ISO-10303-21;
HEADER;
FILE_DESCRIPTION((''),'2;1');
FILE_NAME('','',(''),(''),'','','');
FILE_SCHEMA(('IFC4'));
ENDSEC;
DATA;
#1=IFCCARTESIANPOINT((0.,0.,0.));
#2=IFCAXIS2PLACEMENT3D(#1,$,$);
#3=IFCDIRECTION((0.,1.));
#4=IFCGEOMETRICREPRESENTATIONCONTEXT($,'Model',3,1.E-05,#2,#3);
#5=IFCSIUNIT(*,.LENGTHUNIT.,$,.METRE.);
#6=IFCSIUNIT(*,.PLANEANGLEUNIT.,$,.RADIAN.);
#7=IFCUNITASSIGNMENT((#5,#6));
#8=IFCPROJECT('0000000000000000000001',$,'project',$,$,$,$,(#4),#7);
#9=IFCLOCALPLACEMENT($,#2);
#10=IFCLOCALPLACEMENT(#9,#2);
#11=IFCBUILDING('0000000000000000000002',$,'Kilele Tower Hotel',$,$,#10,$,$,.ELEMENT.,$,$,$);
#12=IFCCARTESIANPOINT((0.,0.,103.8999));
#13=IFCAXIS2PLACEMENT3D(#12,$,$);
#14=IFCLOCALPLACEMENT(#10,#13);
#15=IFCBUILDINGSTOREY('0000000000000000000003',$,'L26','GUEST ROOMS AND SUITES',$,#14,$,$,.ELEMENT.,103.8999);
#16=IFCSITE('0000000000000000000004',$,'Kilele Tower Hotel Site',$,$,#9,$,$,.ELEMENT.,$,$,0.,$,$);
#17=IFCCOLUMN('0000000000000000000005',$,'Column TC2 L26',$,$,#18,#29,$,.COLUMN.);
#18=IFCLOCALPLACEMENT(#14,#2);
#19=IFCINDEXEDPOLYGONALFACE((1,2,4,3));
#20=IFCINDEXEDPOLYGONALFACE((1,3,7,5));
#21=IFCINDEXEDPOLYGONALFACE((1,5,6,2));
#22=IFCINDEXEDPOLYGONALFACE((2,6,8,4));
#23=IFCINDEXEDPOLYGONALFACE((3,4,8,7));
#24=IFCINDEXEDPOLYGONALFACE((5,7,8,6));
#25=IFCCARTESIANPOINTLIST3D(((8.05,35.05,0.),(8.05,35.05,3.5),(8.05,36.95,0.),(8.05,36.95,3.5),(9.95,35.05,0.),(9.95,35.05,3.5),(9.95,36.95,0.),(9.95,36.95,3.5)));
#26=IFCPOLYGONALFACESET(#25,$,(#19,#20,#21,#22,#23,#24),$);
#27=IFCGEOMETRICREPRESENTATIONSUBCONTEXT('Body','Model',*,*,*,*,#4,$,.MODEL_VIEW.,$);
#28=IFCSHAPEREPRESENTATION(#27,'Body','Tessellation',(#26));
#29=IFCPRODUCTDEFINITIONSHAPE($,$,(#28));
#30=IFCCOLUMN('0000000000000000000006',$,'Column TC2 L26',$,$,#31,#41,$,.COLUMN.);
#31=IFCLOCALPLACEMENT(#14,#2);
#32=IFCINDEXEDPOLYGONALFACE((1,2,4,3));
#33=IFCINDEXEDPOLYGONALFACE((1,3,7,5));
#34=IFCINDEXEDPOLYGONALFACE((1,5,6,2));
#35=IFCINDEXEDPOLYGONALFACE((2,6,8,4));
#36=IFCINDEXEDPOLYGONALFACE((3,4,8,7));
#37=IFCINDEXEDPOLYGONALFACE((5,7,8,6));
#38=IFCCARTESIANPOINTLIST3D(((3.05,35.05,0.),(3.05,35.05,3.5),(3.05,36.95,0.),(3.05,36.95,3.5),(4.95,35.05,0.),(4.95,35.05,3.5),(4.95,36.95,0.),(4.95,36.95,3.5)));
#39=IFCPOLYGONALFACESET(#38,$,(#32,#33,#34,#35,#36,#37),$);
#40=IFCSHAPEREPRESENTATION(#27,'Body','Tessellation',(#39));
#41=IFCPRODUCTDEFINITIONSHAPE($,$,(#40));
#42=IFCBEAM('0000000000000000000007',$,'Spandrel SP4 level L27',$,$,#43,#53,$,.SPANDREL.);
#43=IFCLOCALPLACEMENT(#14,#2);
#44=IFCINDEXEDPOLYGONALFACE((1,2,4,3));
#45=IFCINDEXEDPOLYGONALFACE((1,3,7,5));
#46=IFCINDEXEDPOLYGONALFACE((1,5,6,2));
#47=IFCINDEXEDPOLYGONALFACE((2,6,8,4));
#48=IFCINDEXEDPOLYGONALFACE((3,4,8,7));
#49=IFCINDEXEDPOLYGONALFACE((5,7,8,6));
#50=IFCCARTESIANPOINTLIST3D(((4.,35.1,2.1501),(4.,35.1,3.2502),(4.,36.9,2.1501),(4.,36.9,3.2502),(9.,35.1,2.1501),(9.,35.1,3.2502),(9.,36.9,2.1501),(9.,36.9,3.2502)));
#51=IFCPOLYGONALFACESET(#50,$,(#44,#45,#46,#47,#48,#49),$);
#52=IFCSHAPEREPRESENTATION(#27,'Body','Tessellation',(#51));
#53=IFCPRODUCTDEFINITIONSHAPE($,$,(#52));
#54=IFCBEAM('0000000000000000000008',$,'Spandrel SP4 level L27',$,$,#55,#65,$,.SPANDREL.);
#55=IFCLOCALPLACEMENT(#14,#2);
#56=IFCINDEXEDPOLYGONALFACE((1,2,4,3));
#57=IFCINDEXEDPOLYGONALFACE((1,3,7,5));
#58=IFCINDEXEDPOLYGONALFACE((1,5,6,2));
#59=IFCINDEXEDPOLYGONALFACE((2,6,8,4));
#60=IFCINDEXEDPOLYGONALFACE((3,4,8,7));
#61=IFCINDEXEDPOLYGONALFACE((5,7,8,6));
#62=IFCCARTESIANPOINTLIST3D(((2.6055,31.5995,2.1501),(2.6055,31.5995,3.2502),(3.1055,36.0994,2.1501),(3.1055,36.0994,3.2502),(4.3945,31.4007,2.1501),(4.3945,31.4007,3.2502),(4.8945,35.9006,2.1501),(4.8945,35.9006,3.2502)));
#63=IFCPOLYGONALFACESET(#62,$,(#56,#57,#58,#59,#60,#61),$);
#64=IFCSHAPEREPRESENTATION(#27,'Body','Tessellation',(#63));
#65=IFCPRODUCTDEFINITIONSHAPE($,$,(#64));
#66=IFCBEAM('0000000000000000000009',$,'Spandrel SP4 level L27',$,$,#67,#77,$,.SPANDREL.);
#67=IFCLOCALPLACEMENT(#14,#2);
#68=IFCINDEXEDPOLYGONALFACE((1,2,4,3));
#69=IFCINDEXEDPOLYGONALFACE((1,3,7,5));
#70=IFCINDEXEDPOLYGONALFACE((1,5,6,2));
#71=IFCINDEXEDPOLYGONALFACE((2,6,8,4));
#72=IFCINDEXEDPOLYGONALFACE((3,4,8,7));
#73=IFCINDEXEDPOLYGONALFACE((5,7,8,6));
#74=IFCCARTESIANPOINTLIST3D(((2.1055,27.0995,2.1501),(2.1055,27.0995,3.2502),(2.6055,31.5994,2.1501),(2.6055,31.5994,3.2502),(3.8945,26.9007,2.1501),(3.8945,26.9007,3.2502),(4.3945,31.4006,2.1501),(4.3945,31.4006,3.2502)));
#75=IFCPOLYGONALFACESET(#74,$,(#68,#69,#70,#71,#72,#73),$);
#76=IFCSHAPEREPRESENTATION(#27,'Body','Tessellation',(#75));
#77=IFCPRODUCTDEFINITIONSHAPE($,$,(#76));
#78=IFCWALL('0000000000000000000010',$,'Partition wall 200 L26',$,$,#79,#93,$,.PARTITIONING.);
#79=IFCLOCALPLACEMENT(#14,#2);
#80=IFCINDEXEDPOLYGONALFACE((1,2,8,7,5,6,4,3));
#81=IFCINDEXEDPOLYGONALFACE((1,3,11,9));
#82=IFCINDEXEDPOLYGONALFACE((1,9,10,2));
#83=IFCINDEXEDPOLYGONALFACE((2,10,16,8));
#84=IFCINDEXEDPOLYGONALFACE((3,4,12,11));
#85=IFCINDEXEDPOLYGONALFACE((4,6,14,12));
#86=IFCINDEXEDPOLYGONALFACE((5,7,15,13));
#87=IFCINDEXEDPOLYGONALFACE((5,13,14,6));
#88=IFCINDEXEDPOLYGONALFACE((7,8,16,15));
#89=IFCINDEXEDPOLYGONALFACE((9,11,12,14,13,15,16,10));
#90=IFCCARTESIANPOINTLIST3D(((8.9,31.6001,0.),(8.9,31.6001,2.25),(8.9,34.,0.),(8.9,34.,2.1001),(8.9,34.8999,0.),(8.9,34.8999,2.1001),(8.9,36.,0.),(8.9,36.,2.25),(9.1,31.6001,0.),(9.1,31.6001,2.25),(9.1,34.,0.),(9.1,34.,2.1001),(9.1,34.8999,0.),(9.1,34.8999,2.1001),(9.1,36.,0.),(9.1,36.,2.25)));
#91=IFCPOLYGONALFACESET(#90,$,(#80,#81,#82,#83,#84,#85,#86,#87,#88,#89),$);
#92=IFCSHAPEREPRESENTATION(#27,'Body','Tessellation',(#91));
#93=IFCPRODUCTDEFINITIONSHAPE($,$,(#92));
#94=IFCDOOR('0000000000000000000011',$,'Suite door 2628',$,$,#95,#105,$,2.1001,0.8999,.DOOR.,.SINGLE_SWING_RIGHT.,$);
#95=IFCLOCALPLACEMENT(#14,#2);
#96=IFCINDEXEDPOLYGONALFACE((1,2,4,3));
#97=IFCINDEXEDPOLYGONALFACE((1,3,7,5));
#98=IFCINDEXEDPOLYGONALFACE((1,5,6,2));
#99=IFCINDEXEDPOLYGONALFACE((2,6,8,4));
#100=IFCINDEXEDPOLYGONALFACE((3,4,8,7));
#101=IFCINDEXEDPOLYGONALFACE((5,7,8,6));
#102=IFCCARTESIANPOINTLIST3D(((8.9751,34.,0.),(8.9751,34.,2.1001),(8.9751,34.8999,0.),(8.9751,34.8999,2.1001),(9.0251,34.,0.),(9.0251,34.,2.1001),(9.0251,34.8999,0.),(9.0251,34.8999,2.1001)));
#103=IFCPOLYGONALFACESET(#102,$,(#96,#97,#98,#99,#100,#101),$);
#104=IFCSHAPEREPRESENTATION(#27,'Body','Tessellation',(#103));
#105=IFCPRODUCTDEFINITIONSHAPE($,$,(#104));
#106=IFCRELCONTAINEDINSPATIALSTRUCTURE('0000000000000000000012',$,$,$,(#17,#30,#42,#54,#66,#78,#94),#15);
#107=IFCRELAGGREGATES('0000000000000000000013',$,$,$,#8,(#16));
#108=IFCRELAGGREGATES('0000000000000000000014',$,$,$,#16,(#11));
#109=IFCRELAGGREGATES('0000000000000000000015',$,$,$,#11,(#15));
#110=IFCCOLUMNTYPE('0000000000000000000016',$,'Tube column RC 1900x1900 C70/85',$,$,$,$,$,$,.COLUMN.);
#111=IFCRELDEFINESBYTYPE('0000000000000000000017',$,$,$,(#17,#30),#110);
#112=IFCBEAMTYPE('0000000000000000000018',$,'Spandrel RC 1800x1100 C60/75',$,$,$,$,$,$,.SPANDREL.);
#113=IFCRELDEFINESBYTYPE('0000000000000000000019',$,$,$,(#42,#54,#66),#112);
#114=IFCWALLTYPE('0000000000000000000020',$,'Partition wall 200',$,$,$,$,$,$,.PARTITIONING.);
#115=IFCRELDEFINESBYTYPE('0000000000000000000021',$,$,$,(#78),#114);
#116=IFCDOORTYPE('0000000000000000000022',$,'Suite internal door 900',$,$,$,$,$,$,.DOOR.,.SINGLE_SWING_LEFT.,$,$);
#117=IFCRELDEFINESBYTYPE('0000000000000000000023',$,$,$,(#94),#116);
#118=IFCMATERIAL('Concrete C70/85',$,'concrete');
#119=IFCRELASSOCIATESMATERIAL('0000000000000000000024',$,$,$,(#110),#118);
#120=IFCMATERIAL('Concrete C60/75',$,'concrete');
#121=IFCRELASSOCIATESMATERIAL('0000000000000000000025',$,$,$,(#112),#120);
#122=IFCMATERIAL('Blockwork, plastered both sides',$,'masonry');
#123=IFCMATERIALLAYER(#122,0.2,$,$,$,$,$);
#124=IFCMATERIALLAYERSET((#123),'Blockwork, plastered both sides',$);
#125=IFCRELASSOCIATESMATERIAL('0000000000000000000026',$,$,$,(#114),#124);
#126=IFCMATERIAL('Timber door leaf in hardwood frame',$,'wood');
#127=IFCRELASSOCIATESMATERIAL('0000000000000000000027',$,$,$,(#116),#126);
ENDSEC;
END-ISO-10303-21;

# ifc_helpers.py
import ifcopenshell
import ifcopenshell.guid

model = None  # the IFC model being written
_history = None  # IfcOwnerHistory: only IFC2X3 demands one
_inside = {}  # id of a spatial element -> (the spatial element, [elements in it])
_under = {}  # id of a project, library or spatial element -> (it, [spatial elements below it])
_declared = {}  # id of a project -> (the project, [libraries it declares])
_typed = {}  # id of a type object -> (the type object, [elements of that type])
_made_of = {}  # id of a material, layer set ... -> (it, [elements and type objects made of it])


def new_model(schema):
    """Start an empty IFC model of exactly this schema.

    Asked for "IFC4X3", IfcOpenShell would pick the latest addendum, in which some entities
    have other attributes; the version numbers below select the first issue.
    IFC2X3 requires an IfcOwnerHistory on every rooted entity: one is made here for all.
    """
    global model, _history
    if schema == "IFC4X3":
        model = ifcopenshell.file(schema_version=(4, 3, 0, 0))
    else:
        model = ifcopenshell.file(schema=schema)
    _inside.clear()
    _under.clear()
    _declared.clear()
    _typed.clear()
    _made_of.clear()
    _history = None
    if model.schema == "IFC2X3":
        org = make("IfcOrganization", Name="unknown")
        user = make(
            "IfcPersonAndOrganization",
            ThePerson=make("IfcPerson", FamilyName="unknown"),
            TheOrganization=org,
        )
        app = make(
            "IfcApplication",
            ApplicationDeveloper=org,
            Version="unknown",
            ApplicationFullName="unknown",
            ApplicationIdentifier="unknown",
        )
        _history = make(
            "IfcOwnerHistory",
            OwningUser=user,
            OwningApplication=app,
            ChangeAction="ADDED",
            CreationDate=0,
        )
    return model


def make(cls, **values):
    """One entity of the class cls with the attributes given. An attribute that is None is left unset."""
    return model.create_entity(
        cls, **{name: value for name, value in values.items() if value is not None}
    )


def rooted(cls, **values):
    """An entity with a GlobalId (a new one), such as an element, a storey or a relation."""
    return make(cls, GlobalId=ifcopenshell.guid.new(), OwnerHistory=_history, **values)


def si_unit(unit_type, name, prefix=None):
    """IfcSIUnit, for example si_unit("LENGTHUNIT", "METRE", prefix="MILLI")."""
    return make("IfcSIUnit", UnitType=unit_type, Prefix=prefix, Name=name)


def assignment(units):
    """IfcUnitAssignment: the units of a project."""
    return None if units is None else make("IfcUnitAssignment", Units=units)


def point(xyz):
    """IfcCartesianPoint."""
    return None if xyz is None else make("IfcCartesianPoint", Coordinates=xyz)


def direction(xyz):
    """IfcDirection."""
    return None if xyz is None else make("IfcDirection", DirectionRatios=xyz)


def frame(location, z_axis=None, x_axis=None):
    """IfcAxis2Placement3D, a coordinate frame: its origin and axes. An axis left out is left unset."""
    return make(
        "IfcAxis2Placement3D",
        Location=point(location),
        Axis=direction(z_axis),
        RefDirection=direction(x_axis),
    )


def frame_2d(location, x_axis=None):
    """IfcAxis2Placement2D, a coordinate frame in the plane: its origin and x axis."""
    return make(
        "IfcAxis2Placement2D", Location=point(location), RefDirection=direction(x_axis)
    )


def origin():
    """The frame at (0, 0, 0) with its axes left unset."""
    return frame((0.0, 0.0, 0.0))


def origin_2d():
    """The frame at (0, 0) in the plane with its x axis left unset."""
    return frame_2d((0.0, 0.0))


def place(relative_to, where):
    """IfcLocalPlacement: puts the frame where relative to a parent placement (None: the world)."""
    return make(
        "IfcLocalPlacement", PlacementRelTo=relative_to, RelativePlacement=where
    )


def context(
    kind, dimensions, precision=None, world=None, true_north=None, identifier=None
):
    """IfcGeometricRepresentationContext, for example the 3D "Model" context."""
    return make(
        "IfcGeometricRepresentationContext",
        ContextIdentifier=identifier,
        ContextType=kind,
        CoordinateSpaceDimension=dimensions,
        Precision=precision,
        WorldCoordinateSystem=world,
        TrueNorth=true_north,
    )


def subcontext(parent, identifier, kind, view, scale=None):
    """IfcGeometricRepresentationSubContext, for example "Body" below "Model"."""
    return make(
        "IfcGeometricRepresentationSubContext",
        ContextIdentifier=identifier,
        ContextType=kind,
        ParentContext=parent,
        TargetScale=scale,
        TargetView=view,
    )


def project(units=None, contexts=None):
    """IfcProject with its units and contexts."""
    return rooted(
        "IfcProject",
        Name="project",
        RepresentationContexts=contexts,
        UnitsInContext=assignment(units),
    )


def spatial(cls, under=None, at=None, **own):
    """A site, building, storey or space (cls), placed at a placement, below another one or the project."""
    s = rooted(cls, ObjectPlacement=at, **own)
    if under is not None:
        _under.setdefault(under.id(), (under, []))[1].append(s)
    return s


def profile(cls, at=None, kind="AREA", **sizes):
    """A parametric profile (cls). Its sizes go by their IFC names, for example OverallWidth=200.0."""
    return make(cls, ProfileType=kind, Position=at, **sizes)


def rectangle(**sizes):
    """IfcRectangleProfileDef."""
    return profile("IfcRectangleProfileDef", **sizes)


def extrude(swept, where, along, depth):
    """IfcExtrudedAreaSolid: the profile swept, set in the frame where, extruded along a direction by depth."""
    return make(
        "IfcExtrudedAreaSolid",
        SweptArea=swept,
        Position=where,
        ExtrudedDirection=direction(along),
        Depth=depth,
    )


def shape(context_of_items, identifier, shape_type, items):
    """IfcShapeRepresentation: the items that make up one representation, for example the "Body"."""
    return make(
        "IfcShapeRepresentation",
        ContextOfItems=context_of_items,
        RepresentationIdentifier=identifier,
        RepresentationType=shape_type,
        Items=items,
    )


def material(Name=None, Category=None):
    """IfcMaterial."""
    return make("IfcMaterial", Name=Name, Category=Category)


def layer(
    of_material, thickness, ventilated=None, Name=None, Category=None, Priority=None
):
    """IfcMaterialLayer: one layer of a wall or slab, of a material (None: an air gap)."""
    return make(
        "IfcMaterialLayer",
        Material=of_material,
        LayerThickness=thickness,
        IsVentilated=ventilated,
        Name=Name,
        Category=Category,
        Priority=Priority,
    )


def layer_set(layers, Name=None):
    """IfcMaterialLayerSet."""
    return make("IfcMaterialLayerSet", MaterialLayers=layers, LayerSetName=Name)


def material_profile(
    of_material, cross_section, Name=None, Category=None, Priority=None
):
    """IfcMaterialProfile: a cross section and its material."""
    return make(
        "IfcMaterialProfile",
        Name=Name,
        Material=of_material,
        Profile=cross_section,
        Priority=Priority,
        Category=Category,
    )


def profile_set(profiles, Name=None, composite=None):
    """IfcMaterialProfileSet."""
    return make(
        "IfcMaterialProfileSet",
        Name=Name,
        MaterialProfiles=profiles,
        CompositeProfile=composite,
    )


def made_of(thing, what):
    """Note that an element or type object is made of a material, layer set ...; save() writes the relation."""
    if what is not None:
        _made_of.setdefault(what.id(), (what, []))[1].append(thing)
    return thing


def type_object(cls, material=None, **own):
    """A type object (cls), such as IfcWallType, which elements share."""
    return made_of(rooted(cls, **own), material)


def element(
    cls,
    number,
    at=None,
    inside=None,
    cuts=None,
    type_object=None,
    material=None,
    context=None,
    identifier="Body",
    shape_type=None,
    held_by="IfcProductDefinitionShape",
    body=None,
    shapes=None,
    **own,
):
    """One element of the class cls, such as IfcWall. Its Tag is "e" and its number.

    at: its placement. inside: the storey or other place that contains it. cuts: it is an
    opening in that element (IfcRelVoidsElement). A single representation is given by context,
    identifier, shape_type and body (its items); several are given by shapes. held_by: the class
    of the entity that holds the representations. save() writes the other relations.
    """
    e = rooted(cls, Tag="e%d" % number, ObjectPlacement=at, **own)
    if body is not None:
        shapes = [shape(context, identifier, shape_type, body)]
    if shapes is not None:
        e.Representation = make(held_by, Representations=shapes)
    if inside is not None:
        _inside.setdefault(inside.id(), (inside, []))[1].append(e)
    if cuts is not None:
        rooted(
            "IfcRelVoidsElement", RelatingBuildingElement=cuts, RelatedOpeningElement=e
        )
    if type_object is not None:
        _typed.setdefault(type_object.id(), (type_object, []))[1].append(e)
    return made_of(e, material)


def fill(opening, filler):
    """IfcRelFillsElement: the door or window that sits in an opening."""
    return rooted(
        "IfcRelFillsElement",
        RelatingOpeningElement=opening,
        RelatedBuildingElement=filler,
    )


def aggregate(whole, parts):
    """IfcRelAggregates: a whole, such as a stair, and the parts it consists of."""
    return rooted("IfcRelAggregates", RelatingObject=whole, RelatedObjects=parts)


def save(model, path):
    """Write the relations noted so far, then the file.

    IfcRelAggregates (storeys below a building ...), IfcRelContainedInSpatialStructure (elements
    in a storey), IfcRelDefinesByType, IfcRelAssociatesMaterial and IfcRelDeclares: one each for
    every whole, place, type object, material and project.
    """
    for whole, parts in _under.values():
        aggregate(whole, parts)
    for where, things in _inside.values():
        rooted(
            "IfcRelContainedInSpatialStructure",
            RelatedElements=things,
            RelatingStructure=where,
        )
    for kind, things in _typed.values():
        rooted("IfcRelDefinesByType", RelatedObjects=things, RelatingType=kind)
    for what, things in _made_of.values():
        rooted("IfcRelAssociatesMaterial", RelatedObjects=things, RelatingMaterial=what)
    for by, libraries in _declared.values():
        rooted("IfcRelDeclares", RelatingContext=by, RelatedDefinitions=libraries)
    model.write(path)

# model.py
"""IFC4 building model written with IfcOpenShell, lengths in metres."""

from ifc_helpers import new_model, si_unit, direction, frame, frame_2d, origin, origin_2d, place, context, subcontext, project, spatial, rectangle, extrude, material, layer, layer_set, material_profile, profile_set, type_object, element, fill, save


model = new_model("IFC4")

# Units and contexts
model_context = context("Model", 3, precision=1e-05, world=origin(), true_north=direction((0.0, 1.0)))
body_context = subcontext(model_context, "Body", "Model", "MODEL_VIEW")
ifc_project = project(units=[si_unit("LENGTHUNIT", "METRE"), si_unit("PLANEANGLEUNIT", "RADIAN")], contexts=[model_context])

# Site, building, storey
site_placement = place(None, origin())
site = spatial("IfcSite", under=ifc_project, at=site_placement, Name="Kilele Tower Hotel Site", CompositionType="ELEMENT", RefElevation=0.0)
building_placement = place(site_placement, origin())
building = spatial("IfcBuilding", under=site, at=building_placement, Name="Kilele Tower Hotel", CompositionType="ELEMENT")
storey_placement = place(building_placement, frame((0.0, 0.0, 103.8999)))
storey = spatial("IfcBuildingStorey", under=building, at=storey_placement, Name="L26", Description="GUEST ROOMS AND SUITES", CompositionType="ELEMENT", Elevation=103.8999)

# Columns
ifc_material_1 = material(Name="Concrete C70/85", Category="concrete")
ifc_material_profile_1 = material_profile(ifc_material_1, rectangle(XDim=1.8999, YDim=1.8999, at=origin_2d()))
ifc_profile_set_1 = profile_set([ifc_material_profile_1], Name="Concrete C70/85")
column_type = type_object("IfcColumnType", Name="Tube column RC 1900x1900 C70/85", PredefinedType="COLUMN", material=ifc_profile_set_1)
for number, where, z_axis, x_axis, name in (
    (1, (9.0, 36.0, 0.0), (0.0, 0.0, 1.0), (1.0, 0.0, 0.0), "Column TC2 L26"),
    (2, (4.0, 36.0, 0.0), (0.0, 0.0, 1.0), (1.0, 0.0, 0.0), "Column TC2 L26"),
):
    element("IfcColumn", number, at=place(storey_placement, frame(where, z_axis=z_axis, x_axis=x_axis)), inside=storey, type_object=column_type, Name=name, PredefinedType="COLUMN", context=body_context, shape_type="SweptSolid", body=[
        extrude(rectangle(XDim=1.8999, YDim=1.8999, at=origin_2d()), origin(), (0.0, 0.0, 1.0), 3.5),
    ])

# Beams
ifc_material_2 = material(Name="Concrete C60/75", Category="concrete")
ifc_material_profile_2 = material_profile(ifc_material_2, rectangle(XDim=1.8, YDim=1.1001, at=origin_2d()))
ifc_profile_set_2 = profile_set([ifc_material_profile_2], Name="Concrete C60/75")
beam_type = type_object("IfcBeamType", Name="Spandrel RC 1800x1100 C60/75", PredefinedType="SPANDREL", material=ifc_profile_set_2)
beam_placement = place(storey_placement, frame((9.0, 36.0, 2.7002), z_axis=(-1.0, 0.0, 0.0), x_axis=(0.0, -1.0, 0.0)))
element("IfcBeam", 3, at=beam_placement, inside=storey, type_object=beam_type, Name="Spandrel SP4 level L27", PredefinedType="SPANDREL", context=body_context, shape_type="SweptSolid", body=[
    extrude(rectangle(XDim=1.8, YDim=1.1001, at=origin_2d()), origin(), (0.0, 0.0, 1.0), 5.0),
])
for number, where, z_axis, x_axis, name in (
    (4, (4.0, 36.0, 2.7002), (-0.110432, -0.993884, 0.0), (0.993884, -0.110432, 0.0), "Spandrel SP4 level L27"),
    (5, (3.5, 31.5, 2.7002), (-0.110432, -0.993884, 0.0), (0.993884, -0.110432, 0.0), "Spandrel SP4 level L27"),
):
    element("IfcBeam", number, at=place(storey_placement, frame(where, z_axis=z_axis, x_axis=x_axis)), inside=storey, type_object=beam_type, Name=name, PredefinedType="SPANDREL", context=body_context, shape_type="SweptSolid", body=[
        extrude(rectangle(XDim=1.8, YDim=1.1001, at=origin_2d()), origin(), (0.0, 0.0, 1.0), 4.5276),
    ])

# Wall, opening, door
ifc_material_3 = material(Name="Blockwork, plastered both sides", Category="masonry")
ifc_layer_1 = layer(ifc_material_3, 0.2)
ifc_layer_set_1 = layer_set([ifc_layer_1], Name="Blockwork, plastered both sides")
wall_type_1 = type_object("IfcWallType", Name="Partition wall 200", PredefinedType="PARTITIONING", material=ifc_layer_set_1)
wall_1_placement = place(storey_placement, frame((9.0, 31.6001, 0.0), z_axis=(0.0, 0.0, 1.0), x_axis=(0.0, 1.0, 0.0)))
wall_1 = element("IfcWall", 6, at=wall_1_placement, inside=storey, type_object=wall_type_1, Name="Partition wall 200 L26", PredefinedType="PARTITIONING", context=body_context, shape_type="SweptSolid", body=[
    extrude(rectangle(XDim=4.3999, YDim=0.2, at=frame_2d((2.2, 0.0))), origin(), (0.0, 0.0, 1.0), 2.25),
])
opening_1_placement = place(wall_1_placement, frame((2.3999, 0.0, 0.0)))
opening_1 = element("IfcOpeningElement", 7, at=opening_1_placement, cuts=wall_1, PredefinedType="OPENING", context=body_context, shape_type="SweptSolid", body=[
    extrude(rectangle(XDim=0.8999, YDim=2.1001, at=frame_2d((0.45, 1.05))), frame((0.0, 0.1099, 0.0), z_axis=(0.0, -1.0, 0.0), x_axis=(1.0, 0.0, 0.0)), (0.0, 0.0, 1.0), 0.22),
])
ifc_material_4 = material(Name="Timber door leaf in hardwood frame", Category="wood")
door_type = type_object("IfcDoorType", Name="Suite internal door 900", OperationType="SINGLE_SWING_LEFT", PredefinedType="DOOR", material=ifc_material_4)
door_placement = place(opening_1_placement, origin())
door = element("IfcDoor", 8, at=door_placement, inside=storey, type_object=door_type, Name="Suite door 2628", OperationType="SINGLE_SWING_RIGHT", OverallHeight=2.1001, OverallWidth=0.8999, PredefinedType="DOOR", context=body_context, shape_type="SweptSolid", body=[
    extrude(rectangle(XDim=0.8999, YDim=2.1001, at=frame_2d((0.45, 1.05))), frame((0.0, 0.0249, 0.0), z_axis=(0.0, -1.0, 0.0), x_axis=(1.0, 0.0, 0.0)), (0.0, 0.0, 1.0), 0.05),
])
fill(opening_1, door)

save(model, "model.ifc")
